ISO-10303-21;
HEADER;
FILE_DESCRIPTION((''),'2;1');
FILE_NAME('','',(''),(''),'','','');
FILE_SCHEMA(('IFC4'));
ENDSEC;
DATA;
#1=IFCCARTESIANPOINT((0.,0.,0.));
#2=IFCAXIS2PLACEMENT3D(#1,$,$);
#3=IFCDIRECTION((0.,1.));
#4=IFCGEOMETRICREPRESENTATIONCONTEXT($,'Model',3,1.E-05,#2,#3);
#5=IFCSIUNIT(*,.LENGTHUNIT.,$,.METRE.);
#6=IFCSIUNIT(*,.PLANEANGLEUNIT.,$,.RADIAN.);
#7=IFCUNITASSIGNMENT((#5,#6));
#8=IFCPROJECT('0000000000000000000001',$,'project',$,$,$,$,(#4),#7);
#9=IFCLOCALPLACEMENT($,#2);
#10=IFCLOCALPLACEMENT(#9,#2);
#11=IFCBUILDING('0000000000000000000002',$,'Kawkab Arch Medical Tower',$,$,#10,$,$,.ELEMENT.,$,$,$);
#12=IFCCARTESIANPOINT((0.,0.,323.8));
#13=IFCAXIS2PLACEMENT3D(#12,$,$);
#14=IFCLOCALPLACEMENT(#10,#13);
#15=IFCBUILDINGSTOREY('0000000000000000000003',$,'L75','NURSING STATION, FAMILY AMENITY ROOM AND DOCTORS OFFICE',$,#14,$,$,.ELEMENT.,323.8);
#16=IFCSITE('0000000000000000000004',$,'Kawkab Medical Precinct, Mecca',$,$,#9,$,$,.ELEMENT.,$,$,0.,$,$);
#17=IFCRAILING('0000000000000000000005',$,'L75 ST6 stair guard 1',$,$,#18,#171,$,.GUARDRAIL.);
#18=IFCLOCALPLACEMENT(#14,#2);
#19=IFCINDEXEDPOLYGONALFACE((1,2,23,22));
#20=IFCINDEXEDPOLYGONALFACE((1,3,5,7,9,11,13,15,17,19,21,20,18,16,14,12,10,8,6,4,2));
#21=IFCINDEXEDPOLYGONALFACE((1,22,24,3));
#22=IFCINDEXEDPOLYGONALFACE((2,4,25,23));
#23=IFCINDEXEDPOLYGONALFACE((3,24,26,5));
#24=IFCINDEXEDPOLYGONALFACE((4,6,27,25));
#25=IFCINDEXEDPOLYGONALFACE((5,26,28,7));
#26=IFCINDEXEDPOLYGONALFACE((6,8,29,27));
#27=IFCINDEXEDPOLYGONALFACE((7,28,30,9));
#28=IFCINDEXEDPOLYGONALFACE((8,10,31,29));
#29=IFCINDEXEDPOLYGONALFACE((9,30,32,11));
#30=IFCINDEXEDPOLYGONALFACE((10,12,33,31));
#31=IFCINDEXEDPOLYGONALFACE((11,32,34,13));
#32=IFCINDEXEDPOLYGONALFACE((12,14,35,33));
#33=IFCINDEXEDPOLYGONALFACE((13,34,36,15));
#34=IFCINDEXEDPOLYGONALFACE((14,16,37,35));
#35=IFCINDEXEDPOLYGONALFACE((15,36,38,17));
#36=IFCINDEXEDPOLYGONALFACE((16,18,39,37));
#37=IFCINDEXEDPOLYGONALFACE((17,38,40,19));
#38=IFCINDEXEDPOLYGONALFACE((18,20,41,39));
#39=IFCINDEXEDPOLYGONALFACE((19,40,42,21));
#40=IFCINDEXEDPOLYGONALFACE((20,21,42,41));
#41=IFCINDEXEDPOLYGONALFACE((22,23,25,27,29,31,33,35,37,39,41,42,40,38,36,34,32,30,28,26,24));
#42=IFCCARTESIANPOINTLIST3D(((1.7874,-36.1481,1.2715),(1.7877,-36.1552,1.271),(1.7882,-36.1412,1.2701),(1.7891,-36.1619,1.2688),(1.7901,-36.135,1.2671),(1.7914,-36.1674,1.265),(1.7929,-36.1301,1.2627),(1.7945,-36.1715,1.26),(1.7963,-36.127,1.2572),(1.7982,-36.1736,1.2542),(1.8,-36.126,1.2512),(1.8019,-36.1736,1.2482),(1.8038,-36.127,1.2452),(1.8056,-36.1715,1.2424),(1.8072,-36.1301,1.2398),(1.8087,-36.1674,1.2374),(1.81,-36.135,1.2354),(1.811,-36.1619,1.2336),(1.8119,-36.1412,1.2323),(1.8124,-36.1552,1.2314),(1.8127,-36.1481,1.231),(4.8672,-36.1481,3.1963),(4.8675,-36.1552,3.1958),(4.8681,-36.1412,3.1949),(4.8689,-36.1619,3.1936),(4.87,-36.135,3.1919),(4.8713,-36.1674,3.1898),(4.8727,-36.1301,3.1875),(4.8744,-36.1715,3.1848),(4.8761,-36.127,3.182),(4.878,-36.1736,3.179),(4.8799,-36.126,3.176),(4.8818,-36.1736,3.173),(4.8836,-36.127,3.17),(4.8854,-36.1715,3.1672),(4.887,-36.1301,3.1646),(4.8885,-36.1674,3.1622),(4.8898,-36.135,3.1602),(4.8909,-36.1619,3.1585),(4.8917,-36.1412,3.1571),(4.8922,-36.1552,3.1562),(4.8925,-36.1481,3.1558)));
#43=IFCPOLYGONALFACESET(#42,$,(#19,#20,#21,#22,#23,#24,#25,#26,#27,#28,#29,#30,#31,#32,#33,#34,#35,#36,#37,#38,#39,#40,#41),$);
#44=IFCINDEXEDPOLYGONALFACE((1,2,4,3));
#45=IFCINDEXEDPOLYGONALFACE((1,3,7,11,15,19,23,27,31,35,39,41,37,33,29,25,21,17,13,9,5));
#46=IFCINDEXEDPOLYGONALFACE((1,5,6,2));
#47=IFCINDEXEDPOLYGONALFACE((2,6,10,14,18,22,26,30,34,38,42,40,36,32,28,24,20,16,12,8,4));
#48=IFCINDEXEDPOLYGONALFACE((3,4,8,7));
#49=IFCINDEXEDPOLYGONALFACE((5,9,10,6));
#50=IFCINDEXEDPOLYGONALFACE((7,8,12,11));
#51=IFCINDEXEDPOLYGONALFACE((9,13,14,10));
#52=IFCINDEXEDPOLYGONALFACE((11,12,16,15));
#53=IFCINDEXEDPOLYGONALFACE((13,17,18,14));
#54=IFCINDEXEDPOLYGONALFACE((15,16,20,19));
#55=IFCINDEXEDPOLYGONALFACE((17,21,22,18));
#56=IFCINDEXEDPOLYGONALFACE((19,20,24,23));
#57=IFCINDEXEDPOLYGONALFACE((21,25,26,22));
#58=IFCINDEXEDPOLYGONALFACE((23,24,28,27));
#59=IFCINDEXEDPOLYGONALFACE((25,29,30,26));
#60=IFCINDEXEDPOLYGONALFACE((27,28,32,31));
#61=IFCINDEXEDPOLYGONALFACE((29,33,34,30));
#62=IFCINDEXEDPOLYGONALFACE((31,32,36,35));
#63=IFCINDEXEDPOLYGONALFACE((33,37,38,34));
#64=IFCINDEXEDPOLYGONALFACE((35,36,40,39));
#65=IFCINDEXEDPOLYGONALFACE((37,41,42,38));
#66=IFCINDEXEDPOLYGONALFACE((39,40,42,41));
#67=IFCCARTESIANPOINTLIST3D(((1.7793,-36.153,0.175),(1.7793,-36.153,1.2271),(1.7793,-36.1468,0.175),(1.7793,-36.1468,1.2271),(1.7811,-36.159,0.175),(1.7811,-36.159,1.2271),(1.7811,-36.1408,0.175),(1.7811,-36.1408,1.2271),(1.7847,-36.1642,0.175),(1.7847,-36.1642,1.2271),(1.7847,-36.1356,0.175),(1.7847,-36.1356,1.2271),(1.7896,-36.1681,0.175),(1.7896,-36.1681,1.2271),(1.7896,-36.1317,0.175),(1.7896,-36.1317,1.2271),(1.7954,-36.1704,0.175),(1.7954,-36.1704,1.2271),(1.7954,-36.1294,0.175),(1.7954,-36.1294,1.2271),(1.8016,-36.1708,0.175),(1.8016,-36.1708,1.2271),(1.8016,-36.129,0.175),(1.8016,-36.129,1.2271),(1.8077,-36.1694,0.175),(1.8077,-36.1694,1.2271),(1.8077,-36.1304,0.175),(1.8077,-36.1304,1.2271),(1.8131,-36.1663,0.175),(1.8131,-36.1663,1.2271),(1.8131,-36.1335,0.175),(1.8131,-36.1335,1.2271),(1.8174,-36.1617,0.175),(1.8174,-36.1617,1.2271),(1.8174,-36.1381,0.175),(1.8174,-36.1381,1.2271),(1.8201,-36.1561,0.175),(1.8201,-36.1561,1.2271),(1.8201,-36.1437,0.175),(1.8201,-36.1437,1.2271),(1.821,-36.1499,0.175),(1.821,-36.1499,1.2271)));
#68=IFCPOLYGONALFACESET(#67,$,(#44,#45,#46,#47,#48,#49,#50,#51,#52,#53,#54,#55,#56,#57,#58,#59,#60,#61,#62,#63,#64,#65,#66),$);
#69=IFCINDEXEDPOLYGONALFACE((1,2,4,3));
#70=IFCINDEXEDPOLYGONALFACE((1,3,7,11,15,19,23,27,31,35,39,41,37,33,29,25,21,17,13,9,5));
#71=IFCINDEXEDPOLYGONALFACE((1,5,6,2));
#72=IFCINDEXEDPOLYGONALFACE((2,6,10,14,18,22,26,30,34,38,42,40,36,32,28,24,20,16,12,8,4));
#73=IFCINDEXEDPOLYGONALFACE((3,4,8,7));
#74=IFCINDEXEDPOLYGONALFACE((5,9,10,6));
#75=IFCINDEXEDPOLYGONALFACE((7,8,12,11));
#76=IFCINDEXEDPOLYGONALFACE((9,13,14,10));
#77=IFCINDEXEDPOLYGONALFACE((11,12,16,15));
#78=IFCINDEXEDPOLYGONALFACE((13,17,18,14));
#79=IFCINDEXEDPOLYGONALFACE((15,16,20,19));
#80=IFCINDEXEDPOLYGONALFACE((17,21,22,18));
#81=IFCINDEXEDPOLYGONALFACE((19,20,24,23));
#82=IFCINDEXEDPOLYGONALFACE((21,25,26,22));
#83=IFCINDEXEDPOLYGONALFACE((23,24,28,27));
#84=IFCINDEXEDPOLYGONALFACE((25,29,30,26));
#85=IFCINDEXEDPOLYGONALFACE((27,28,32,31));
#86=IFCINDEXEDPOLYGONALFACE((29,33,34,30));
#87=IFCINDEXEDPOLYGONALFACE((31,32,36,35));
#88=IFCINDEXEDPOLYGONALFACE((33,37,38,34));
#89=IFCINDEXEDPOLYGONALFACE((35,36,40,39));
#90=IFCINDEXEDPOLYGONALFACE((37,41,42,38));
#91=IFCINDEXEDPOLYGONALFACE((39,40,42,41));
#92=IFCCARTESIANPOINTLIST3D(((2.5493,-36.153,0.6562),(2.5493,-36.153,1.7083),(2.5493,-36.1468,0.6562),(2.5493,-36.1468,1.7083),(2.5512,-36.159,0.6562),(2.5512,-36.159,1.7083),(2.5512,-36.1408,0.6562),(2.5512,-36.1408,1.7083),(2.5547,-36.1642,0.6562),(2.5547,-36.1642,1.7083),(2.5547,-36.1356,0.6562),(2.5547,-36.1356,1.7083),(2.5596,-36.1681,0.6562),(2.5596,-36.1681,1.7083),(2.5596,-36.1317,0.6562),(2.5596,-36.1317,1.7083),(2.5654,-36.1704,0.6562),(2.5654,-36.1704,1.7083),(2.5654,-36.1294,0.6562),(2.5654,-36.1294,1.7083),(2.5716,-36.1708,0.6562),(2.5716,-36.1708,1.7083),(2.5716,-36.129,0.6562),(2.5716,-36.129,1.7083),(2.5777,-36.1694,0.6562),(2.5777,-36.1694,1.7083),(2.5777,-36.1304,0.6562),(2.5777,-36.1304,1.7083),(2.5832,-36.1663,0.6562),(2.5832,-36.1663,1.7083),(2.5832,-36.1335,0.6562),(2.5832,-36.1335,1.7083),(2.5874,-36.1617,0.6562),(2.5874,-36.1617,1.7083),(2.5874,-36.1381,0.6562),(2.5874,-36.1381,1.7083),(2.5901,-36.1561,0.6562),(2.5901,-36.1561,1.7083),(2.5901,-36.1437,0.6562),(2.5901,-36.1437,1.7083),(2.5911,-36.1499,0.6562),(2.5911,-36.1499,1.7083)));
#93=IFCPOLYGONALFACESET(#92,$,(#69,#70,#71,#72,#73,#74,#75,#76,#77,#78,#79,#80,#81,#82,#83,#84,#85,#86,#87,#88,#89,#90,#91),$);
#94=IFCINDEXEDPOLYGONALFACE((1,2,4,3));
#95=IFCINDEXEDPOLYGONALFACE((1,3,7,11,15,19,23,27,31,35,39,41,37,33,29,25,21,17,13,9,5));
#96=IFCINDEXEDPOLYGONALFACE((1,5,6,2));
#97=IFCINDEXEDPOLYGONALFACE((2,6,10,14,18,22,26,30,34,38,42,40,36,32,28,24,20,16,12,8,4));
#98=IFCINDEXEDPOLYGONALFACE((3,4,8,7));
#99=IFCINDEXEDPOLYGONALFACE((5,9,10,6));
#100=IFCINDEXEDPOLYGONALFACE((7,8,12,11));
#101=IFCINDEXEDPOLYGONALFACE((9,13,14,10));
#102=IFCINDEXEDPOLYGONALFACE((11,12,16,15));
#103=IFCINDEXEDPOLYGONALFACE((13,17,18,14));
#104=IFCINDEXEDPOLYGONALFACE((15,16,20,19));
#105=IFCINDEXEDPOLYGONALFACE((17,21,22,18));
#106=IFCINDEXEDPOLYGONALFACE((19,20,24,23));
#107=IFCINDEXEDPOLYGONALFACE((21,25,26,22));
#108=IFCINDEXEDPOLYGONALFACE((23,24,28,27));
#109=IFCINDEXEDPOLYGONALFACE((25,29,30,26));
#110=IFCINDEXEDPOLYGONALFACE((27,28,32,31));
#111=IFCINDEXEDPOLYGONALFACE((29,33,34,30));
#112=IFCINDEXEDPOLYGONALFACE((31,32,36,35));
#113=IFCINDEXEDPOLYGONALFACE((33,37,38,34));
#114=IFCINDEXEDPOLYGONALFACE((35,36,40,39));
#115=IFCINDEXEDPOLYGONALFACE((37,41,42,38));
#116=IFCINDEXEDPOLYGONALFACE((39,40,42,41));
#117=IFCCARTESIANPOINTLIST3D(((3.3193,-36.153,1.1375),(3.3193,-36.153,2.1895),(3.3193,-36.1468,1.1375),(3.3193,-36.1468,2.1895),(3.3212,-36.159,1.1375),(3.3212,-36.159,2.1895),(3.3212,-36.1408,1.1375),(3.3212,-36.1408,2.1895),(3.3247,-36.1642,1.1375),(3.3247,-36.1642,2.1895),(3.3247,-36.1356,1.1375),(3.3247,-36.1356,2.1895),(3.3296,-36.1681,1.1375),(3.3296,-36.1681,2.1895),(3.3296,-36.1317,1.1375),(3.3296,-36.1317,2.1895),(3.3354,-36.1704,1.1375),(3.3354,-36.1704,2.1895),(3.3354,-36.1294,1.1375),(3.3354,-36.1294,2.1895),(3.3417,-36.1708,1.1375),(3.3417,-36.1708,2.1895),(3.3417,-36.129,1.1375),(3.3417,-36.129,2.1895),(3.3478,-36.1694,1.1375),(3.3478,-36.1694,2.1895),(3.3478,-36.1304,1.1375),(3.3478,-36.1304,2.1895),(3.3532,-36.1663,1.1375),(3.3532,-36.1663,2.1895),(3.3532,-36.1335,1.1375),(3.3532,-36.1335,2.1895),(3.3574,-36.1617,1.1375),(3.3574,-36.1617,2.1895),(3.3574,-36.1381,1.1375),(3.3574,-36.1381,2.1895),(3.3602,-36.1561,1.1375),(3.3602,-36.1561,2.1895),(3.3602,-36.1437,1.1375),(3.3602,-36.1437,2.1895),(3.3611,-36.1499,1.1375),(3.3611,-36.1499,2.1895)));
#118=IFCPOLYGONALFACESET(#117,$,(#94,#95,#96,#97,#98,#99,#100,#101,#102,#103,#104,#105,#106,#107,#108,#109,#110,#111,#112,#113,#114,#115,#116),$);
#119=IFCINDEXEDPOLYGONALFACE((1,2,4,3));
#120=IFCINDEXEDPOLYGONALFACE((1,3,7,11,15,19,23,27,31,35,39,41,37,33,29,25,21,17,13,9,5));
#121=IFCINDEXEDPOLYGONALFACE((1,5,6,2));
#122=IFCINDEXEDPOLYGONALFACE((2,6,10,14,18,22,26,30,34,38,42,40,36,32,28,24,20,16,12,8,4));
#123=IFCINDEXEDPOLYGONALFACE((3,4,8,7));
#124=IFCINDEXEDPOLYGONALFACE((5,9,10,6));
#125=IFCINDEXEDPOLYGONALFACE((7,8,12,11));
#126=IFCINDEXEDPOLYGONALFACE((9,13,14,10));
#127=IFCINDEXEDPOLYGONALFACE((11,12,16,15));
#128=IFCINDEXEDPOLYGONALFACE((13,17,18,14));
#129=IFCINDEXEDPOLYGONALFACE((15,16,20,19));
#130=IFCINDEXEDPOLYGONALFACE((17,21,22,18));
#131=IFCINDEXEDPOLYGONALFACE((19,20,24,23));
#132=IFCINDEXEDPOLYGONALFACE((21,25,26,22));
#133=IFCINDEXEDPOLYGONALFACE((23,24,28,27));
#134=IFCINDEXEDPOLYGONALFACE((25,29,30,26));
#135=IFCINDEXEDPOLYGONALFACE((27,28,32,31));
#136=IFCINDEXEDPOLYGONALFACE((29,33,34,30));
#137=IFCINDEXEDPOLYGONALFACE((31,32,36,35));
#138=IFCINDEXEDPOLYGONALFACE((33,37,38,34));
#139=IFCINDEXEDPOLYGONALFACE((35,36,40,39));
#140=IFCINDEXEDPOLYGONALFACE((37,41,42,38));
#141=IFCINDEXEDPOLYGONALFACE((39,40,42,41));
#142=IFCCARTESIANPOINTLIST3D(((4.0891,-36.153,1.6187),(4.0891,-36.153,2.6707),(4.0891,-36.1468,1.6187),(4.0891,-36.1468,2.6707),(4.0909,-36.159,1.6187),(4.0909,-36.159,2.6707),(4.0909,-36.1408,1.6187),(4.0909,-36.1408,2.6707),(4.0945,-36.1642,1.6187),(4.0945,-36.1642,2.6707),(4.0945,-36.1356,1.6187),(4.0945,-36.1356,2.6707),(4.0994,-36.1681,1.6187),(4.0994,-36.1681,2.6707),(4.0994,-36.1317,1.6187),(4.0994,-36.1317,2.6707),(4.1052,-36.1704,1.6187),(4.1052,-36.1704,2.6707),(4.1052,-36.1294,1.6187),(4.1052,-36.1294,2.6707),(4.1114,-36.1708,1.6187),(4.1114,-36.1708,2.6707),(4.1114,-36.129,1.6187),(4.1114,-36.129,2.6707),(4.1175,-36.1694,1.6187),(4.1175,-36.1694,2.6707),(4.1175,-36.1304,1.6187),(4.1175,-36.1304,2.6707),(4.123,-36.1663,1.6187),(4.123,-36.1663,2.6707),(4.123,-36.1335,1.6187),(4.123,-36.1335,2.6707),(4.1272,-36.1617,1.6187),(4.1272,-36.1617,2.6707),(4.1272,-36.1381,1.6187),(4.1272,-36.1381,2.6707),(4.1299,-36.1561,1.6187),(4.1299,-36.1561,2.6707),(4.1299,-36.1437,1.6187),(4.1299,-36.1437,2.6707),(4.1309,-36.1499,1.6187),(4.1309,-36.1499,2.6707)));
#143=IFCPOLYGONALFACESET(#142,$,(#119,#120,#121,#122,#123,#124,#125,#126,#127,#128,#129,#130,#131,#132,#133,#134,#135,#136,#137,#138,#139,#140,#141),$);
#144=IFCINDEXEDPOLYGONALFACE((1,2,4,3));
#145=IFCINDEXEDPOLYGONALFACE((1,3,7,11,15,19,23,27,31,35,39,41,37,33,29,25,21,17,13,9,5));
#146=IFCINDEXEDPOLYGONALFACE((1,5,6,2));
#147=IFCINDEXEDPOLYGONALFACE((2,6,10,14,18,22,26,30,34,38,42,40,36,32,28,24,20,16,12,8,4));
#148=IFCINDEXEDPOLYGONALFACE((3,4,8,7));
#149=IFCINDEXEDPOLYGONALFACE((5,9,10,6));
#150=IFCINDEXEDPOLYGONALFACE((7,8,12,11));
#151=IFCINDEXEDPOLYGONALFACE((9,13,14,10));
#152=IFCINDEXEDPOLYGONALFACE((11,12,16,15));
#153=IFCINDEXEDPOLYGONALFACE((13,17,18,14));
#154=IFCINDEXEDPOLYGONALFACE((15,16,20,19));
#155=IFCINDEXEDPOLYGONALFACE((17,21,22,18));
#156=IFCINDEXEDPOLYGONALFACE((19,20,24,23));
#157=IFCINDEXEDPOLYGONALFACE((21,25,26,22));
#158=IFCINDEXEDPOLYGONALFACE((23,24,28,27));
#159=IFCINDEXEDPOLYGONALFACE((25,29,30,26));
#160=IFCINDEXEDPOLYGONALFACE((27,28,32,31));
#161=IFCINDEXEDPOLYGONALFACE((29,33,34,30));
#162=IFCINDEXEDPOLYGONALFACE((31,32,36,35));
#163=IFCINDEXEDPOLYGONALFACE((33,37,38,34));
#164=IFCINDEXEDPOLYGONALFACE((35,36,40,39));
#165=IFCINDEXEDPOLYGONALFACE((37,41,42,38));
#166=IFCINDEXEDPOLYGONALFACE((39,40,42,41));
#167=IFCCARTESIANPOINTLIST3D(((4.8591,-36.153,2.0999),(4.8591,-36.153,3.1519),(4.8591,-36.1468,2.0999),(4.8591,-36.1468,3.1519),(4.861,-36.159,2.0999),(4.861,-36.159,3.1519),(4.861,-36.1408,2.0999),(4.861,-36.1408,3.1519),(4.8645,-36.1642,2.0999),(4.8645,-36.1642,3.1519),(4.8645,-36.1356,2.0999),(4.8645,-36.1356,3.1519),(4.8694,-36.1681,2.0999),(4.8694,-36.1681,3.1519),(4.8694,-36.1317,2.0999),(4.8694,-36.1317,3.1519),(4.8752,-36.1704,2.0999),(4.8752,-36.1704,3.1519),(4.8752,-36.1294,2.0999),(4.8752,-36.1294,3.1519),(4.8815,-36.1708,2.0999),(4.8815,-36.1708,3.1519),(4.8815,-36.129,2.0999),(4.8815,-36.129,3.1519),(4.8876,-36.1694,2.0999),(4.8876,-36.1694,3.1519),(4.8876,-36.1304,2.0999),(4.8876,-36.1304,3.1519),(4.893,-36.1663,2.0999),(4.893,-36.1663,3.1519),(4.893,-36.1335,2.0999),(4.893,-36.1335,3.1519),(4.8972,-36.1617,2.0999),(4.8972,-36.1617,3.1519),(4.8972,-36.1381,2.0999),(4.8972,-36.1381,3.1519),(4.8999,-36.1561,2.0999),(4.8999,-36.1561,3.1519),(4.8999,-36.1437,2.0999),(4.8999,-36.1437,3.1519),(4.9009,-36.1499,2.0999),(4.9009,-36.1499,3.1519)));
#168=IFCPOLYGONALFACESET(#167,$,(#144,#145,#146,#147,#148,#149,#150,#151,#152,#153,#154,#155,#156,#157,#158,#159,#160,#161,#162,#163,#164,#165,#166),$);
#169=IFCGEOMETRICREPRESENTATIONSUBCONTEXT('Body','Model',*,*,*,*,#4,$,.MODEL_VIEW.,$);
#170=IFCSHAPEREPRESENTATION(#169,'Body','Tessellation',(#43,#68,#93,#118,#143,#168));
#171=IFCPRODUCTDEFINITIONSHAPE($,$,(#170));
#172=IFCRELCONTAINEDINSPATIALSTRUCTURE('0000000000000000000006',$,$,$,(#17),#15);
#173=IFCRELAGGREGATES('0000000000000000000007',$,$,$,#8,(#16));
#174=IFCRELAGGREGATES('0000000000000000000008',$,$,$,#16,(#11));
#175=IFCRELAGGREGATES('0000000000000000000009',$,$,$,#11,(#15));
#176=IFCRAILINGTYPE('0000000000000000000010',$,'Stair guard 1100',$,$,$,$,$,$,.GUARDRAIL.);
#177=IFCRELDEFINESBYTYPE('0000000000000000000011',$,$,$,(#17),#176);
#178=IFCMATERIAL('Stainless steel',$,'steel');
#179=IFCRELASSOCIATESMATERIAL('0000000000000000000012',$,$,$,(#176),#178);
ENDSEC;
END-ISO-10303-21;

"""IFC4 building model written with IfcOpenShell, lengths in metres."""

from ifc_helpers import new_model, si_unit, direction, frame, origin, origin_2d, place, context, subcontext, project, spatial, circle, extrude, material, type_object, element, save


model = new_model("IFC4")

# Units and contexts
model_context = context("Model", 3, precision=1e-05, world=origin(), true_north=direction((0.0, 1.0)))
body_context = subcontext(model_context, "Body", "Model", "MODEL_VIEW")
ifc_project = project(units=[si_unit("LENGTHUNIT", "METRE"), si_unit("PLANEANGLEUNIT", "RADIAN")], contexts=[model_context])

# Site, building, storey
site_placement = place(None, origin())
site = spatial("IfcSite", under=ifc_project, at=site_placement, Name="Kawkab Medical Precinct, Mecca", CompositionType="ELEMENT", RefElevation=0.0)
building_placement = place(site_placement, origin())
building = spatial("IfcBuilding", under=site, at=building_placement, Name="Kawkab Arch Medical Tower", CompositionType="ELEMENT")
storey_placement = place(building_placement, frame((0.0, 0.0, 323.8)))
storey = spatial("IfcBuildingStorey", under=building, at=storey_placement, Name="L75", Description="NURSING STATION, FAMILY AMENITY ROOM AND DOCTORS OFFICE", CompositionType="ELEMENT", Elevation=323.8)

# Railing
ifc_material_1 = material(Name="Stainless steel", Category="steel")
railing_type_1 = type_object("IfcRailingType", Name="Stair guard 1100", PredefinedType="GUARDRAIL", material=ifc_material_1)
railing_1_placement = place(storey_placement, frame((1.8, -36.1499, 0.175)))
element("IfcRailing", 1, at=railing_1_placement, inside=storey, type_object=railing_type_1, Name="L75 ST6 stair guard 1", PredefinedType="GUARDRAIL", context=body_context, shape_type="SweptSolid", body=[
    extrude(circle(Radius=0.0239, at=origin_2d()), frame((0.0, 0.0, 1.0762), z_axis=(0.84801, 0.0, 0.529981), x_axis=(0.0, 1.0, 0.0)), (0.0, 0.0, 1.0), 3.6318),
    extrude(circle(Radius=0.021, at=origin_2d()), origin(), (0.0, 0.0, 1.0), 1.052),
    extrude(circle(Radius=0.021, at=origin_2d()), frame((0.77, 0.0, 0.4812)), (0.0, 0.0, 1.0), 1.052),
    extrude(circle(Radius=0.021, at=origin_2d()), frame((1.54, 0.0, 0.9624)), (0.0, 0.0, 1.0), 1.052),
    extrude(circle(Radius=0.021, at=origin_2d()), frame((2.3098, 0.0, 1.4436)), (0.0, 0.0, 1.0), 1.052),
    extrude(circle(Radius=0.021, at=origin_2d()), frame((3.0798, 0.0, 1.9248)), (0.0, 0.0, 1.0), 1.052),
])

save(model, "model.ifc")
